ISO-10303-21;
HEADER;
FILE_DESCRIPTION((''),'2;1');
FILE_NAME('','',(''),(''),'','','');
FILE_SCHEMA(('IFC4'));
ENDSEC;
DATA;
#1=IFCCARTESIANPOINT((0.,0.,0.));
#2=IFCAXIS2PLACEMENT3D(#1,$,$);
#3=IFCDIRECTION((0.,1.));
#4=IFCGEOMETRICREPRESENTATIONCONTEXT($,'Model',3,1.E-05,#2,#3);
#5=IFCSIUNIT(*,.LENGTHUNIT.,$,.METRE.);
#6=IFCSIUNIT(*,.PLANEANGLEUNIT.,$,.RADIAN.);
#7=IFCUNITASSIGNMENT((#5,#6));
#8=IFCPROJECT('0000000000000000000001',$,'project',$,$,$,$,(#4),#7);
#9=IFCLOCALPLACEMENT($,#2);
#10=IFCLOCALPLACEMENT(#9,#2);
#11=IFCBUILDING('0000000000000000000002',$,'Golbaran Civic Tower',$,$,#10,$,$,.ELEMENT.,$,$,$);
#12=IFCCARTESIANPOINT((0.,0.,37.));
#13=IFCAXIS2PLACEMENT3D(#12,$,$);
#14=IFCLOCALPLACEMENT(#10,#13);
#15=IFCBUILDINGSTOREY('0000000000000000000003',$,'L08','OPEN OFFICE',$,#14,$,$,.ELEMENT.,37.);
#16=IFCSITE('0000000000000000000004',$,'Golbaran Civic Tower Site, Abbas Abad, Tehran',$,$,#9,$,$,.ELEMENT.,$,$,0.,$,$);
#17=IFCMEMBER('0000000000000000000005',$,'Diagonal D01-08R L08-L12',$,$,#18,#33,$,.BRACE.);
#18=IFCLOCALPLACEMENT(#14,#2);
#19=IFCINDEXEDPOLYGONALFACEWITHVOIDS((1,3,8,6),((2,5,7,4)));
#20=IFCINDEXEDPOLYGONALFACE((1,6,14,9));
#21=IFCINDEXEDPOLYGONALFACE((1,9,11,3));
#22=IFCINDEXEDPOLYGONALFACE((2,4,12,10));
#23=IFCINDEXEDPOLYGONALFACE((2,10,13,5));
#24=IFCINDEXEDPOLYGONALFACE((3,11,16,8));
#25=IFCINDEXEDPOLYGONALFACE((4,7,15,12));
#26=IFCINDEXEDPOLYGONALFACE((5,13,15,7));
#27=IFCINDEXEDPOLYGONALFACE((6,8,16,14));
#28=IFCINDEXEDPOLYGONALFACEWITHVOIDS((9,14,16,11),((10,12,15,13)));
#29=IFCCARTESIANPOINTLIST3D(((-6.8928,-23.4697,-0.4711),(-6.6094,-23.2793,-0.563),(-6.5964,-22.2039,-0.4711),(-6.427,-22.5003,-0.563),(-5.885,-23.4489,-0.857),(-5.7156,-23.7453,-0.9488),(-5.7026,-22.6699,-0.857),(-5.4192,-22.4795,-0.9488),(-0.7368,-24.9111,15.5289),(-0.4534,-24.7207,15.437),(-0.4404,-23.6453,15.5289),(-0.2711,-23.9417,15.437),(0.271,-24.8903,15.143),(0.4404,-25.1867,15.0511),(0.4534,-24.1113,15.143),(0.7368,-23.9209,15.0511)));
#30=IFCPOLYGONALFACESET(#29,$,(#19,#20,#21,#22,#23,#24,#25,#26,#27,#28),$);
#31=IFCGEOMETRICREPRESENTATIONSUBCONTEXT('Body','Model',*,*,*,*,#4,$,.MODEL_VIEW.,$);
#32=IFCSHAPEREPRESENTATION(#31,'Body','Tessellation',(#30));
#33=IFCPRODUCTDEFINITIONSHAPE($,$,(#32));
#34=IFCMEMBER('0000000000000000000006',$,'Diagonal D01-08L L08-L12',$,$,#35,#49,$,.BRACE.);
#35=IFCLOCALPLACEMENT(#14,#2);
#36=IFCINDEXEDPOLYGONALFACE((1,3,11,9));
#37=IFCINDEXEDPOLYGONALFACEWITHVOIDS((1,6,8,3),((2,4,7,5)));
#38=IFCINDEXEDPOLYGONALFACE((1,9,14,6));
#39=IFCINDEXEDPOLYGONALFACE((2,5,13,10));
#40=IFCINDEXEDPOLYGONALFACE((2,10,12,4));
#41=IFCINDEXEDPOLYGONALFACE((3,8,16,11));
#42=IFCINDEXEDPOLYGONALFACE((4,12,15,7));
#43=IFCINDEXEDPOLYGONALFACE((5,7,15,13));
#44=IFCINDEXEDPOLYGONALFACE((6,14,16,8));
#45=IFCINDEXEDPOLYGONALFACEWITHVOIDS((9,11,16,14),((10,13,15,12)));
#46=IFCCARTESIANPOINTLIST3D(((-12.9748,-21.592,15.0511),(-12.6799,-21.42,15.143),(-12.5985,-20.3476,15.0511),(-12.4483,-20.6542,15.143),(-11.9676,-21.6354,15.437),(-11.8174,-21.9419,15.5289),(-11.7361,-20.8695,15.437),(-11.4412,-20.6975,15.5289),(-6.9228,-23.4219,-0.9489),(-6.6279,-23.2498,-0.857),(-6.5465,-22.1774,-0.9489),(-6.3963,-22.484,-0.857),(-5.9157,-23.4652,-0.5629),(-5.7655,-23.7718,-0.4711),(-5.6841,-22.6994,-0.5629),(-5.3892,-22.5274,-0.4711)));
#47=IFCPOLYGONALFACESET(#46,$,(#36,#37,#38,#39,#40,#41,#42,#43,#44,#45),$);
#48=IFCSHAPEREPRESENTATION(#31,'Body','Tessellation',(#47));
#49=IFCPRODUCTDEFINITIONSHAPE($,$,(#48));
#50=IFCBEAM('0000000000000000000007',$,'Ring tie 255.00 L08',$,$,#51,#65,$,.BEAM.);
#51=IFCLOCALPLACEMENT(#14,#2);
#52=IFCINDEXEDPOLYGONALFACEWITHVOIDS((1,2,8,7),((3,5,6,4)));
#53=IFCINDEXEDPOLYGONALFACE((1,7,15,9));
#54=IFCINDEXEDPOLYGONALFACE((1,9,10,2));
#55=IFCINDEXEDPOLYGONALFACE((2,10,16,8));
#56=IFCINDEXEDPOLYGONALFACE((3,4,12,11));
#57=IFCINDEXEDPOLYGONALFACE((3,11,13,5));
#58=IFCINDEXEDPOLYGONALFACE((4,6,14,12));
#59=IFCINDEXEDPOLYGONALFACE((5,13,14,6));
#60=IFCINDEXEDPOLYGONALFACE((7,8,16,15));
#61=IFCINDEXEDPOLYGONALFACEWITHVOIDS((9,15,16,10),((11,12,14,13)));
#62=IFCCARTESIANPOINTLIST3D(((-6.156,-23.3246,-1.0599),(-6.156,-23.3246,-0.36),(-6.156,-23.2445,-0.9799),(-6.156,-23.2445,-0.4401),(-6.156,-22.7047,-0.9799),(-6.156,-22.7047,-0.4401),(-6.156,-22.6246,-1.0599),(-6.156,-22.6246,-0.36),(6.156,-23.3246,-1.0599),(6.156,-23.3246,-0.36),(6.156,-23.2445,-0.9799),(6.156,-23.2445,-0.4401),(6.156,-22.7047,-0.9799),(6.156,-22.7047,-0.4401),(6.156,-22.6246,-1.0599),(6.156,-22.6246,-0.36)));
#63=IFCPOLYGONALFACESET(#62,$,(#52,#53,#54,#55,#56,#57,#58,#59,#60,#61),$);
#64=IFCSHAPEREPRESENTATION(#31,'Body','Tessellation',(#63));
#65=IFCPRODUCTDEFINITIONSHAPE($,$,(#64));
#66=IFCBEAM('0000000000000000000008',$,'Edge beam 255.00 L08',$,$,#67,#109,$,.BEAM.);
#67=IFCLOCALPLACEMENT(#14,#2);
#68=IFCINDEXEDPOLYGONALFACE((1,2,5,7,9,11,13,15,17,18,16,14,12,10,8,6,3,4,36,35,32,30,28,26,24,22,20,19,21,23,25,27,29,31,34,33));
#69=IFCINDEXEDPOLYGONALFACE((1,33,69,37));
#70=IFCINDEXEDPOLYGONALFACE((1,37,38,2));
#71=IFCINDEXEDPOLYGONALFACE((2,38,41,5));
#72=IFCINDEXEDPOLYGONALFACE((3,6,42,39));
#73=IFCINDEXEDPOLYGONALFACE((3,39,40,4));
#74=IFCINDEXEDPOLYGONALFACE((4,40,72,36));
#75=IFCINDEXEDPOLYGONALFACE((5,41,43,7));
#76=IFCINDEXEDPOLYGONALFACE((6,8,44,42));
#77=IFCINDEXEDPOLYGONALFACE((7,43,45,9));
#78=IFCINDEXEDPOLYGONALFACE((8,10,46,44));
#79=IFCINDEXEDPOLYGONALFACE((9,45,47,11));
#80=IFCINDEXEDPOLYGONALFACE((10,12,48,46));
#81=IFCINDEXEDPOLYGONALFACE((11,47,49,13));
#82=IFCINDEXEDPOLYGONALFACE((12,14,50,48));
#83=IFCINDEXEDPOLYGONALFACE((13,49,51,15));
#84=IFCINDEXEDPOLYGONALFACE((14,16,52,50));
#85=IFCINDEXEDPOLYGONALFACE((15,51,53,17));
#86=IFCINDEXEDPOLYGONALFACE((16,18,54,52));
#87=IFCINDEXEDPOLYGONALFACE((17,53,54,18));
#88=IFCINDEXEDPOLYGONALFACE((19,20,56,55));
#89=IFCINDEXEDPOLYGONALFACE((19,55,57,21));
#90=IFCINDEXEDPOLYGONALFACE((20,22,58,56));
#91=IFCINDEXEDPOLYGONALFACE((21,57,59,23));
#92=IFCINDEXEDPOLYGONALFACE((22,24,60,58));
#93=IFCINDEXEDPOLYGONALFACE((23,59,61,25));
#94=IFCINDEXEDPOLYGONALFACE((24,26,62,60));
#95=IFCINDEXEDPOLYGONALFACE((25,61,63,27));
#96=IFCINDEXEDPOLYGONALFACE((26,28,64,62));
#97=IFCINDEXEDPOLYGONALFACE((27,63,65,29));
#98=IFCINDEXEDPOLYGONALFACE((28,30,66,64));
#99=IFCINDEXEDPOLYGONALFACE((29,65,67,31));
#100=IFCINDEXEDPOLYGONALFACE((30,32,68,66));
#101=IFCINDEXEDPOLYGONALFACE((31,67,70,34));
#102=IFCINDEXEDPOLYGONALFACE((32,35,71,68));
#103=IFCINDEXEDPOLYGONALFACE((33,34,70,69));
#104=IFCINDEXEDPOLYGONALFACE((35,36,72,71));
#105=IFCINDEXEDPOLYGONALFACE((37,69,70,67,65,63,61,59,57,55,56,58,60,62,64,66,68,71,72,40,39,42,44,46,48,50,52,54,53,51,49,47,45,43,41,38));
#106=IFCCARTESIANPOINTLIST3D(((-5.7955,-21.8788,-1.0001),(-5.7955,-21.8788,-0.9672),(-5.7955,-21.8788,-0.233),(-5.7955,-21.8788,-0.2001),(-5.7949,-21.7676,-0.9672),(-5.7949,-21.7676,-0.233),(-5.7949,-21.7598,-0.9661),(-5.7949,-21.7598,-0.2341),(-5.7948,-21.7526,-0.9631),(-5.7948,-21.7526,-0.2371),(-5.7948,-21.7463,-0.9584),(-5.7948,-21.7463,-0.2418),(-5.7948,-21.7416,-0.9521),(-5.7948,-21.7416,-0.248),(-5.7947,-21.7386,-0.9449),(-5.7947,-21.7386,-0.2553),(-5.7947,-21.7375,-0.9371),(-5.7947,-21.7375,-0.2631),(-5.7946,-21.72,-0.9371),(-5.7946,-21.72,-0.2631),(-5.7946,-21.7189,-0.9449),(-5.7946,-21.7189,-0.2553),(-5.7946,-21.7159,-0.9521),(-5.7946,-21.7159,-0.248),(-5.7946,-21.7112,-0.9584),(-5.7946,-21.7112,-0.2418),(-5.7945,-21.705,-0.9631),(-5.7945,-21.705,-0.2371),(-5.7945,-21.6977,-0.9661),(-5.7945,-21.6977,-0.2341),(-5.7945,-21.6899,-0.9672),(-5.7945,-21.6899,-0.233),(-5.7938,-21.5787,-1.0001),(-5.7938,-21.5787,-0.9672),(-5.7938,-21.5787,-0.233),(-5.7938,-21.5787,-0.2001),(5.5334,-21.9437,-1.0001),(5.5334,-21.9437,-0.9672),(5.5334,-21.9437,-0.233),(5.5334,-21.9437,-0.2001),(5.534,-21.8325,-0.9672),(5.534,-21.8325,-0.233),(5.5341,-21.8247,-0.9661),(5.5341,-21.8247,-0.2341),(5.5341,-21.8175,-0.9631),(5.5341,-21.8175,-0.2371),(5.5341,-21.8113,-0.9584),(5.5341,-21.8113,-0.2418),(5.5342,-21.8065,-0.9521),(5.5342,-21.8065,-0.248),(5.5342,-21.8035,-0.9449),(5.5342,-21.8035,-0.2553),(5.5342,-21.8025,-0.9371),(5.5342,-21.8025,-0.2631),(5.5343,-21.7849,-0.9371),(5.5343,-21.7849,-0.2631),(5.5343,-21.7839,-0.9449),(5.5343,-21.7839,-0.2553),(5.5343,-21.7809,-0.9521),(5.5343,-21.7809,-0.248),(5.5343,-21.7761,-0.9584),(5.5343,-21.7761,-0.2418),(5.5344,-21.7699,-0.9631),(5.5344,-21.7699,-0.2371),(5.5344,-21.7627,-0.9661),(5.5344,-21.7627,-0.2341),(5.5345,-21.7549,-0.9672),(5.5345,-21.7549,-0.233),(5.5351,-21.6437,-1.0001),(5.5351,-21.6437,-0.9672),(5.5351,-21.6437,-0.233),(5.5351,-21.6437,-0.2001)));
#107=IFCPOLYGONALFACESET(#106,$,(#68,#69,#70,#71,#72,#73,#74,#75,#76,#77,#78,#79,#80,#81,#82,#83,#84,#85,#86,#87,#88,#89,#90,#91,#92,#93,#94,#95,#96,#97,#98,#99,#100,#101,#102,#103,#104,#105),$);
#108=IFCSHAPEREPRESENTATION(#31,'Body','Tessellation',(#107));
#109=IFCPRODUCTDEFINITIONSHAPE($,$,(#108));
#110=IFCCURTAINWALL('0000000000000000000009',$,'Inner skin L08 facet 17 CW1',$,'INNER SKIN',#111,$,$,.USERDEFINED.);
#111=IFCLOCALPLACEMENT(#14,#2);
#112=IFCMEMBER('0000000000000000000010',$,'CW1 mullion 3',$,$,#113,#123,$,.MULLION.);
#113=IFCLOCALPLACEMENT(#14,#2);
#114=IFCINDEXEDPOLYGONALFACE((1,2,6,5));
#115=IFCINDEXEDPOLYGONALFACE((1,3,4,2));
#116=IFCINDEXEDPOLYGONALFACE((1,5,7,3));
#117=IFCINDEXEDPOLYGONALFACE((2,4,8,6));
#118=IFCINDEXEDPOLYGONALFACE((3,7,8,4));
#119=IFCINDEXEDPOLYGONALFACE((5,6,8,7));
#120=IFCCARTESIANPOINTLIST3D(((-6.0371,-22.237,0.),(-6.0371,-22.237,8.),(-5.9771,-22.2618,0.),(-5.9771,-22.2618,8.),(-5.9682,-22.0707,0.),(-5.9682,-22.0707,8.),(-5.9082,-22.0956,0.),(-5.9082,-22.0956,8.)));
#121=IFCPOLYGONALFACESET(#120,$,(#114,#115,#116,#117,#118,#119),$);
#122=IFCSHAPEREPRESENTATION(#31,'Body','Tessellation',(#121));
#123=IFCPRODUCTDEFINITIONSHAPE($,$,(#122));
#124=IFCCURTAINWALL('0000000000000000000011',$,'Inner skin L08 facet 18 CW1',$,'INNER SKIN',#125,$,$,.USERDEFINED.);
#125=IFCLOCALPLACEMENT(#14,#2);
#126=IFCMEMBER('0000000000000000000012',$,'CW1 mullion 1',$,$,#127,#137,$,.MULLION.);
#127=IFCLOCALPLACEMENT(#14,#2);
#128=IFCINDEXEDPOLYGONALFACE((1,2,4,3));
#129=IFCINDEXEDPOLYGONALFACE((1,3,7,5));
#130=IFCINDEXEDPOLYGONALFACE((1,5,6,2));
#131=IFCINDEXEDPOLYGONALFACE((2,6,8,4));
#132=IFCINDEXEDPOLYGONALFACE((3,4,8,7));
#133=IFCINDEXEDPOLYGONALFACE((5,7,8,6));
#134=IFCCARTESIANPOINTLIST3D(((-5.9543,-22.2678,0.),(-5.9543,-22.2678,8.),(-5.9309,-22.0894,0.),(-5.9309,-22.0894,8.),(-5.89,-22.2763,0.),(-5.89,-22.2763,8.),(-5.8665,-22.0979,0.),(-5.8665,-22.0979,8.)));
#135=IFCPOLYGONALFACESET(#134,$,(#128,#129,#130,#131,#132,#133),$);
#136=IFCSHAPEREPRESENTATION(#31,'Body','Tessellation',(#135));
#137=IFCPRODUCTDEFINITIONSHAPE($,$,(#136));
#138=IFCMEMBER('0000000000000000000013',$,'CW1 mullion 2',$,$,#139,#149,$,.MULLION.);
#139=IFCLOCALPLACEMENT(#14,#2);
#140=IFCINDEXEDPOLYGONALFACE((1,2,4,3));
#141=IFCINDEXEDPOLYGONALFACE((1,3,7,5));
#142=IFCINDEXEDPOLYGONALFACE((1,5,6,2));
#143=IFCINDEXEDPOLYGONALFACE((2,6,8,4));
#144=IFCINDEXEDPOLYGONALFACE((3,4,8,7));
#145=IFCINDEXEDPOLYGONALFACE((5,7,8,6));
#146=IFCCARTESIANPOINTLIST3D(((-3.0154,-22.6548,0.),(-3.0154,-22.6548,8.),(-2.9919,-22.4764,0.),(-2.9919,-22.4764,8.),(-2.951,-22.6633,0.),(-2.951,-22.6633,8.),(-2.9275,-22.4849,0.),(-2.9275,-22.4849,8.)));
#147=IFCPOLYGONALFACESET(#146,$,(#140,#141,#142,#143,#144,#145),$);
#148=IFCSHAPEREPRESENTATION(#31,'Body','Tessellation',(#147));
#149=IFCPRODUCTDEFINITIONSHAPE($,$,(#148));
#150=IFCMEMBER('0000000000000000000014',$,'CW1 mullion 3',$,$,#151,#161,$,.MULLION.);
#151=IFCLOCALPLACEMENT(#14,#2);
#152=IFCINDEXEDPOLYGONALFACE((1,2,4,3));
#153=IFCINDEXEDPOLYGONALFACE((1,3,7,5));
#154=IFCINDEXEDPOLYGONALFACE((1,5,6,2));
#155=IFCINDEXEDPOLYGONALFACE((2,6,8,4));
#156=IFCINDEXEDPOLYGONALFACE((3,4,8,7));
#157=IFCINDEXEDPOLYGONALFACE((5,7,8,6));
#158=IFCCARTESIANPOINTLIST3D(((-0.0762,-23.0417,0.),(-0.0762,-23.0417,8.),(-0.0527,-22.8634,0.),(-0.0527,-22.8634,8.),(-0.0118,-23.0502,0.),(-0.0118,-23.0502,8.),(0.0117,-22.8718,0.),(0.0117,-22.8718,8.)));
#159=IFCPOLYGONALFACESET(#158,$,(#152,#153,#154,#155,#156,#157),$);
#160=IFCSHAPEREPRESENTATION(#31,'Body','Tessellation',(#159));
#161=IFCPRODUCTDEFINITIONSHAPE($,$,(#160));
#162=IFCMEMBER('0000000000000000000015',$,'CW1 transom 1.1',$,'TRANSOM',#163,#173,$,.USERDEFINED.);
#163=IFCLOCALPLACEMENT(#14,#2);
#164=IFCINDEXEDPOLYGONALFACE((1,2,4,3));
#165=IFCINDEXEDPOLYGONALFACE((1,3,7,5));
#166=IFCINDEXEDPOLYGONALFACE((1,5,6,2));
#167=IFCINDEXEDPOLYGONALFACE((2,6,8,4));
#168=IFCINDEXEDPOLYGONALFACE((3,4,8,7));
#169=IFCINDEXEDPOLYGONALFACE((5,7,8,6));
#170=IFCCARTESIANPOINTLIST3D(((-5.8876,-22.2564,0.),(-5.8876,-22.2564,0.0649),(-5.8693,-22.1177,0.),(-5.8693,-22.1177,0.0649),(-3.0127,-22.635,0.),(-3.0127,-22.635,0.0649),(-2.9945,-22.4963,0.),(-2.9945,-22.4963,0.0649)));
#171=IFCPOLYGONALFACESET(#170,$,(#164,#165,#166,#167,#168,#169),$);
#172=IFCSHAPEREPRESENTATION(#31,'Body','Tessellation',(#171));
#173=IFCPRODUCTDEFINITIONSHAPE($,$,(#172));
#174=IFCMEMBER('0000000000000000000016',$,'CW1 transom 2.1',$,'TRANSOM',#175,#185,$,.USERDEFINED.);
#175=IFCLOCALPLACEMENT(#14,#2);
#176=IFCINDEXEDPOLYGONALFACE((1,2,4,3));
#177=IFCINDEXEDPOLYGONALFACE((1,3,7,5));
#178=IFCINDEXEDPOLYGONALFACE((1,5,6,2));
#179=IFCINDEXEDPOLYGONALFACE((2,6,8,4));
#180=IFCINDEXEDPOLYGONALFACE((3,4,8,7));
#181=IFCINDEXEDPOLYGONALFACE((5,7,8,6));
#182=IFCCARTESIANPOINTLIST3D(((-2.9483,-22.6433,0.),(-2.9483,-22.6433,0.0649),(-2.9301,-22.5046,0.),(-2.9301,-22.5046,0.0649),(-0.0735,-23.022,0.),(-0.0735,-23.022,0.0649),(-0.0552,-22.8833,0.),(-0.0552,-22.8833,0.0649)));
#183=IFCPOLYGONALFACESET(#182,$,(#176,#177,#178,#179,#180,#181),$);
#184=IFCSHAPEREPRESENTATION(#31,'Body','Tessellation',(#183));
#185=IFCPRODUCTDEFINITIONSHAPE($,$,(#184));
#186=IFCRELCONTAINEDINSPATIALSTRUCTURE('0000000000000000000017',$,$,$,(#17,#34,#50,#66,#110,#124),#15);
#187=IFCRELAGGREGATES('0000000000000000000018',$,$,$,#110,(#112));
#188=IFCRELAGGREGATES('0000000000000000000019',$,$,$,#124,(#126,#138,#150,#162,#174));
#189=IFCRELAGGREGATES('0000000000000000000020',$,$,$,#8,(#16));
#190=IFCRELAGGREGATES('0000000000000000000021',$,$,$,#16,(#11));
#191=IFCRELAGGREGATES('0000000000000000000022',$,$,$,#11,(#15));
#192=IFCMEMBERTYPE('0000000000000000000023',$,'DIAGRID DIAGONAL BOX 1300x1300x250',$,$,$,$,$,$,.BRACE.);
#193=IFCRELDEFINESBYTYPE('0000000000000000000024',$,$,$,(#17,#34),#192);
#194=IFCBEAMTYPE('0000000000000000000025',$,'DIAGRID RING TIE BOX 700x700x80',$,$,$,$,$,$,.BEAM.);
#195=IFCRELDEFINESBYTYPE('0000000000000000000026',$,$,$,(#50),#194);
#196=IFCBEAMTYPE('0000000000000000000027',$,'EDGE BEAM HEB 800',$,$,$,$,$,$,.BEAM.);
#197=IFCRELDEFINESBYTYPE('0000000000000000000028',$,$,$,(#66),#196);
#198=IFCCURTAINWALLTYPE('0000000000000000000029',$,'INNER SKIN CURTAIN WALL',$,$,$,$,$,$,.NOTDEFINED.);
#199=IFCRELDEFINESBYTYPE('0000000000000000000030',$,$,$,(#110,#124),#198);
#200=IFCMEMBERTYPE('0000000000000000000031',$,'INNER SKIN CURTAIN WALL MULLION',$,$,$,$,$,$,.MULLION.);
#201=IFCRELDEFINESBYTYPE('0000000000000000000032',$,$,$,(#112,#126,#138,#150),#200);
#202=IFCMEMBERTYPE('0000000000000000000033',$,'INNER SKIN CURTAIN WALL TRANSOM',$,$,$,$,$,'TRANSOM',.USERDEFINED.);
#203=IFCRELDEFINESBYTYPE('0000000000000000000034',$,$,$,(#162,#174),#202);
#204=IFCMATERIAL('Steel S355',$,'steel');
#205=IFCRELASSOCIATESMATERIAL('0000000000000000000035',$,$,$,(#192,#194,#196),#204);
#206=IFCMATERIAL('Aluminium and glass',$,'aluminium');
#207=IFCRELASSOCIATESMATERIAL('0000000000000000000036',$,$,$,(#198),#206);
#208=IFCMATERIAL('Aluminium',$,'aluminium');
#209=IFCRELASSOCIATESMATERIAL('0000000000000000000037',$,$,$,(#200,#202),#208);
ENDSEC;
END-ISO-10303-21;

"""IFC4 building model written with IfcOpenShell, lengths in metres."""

from ifc_helpers import new_model, si_unit, direction, frame, origin, origin_2d, place, context, subcontext, project, spatial, rectangle, hollow_rectangle, i_section, extrude, material, material_profile, profile_set, type_object, element, aggregate, save


model = new_model("IFC4")

# Units and contexts
model_context = context("Model", 3, precision=1e-05, world=origin(), true_north=direction((0.0, 1.0)))
body_context = subcontext(model_context, "Body", "Model", "MODEL_VIEW")
ifc_project = project(units=[si_unit("LENGTHUNIT", "METRE"), si_unit("PLANEANGLEUNIT", "RADIAN")], contexts=[model_context])

# Site, building, storey
site_placement = place(None, origin())
site = spatial("IfcSite", under=ifc_project, at=site_placement, Name="Golbaran Civic Tower Site, Abbas Abad, Tehran", CompositionType="ELEMENT", RefElevation=0.0)
building_placement = place(site_placement, origin())
building = spatial("IfcBuilding", under=site, at=building_placement, Name="Golbaran Civic Tower", CompositionType="ELEMENT")
storey_placement = place(building_placement, frame((0.0, 0.0, 37.0)))
storey = spatial("IfcBuildingStorey", under=building, at=storey_placement, Name="L08", Description="OPEN OFFICE", CompositionType="ELEMENT", Elevation=37.0)

# Members
ifc_material_1 = material(Name="Steel S355", Category="steel")
ifc_material_profile_1 = material_profile(ifc_material_1, hollow_rectangle(XDim=1.3, YDim=1.3, WallThickness=0.25, at=origin_2d()), Name="BOX 1300x1300x250")
ifc_profile_set_1 = profile_set([ifc_material_profile_1], Name="Steel S355")
member_type_1 = type_object("IfcMemberType", Name="DIAGRID DIAGONAL BOX 1300x1300x250", PredefinedType="BRACE", material=ifc_profile_set_1)
for number, where, z_axis, x_axis, name in (
    (1, (-6.156, -22.9746, -0.71), (0.357826, -0.083784, 0.930022), (0.22798, 0.973666, 0.0), "Diagonal D01-08R L08-L12"),
    (2, (-6.156, -22.9746, -0.71), (-0.35178, 0.106361, 0.93002), (-0.289413, -0.957204, 0.0), "Diagonal D01-08L L08-L12"),
):
    element("IfcMember", number, at=place(storey_placement, frame(where, z_axis=z_axis, x_axis=x_axis)), inside=storey, type_object=member_type_1, Name=name, PredefinedType="BRACE", context=body_context, shape_type="SweptSolid", body=[
        extrude(hollow_rectangle(XDim=1.3, YDim=1.3, WallThickness=0.25, at=origin_2d()), origin(), (0.0, 0.0, 1.0), 17.2039),
    ])

# Beams
ifc_material_profile_2 = material_profile(ifc_material_1, hollow_rectangle(XDim=0.7, YDim=0.7, WallThickness=0.0801, at=origin_2d()), Name="BOX 700x700x80")
ifc_profile_set_2 = profile_set([ifc_material_profile_2], Name="Steel S355")
beam_type_1 = type_object("IfcBeamType", Name="DIAGRID RING TIE BOX 700x700x80", PredefinedType="BEAM", material=ifc_profile_set_2)
beam_1_placement = place(storey_placement, frame((-6.156, -22.9746, -0.71), z_axis=(1.0, 0.0, 0.0), x_axis=(0.0, 1.0, 0.0)))
element("IfcBeam", 3, at=beam_1_placement, inside=storey, type_object=beam_type_1, Name="Ring tie 255.00 L08", PredefinedType="BEAM", context=body_context, shape_type="SweptSolid", body=[
    extrude(hollow_rectangle(XDim=0.7, YDim=0.7, WallThickness=0.0801, at=origin_2d()), origin(), (0.0, 0.0, 1.0), 12.312),
])
ifc_material_profile_3 = material_profile(ifc_material_1, i_section(OverallWidth=0.3, OverallDepth=0.8, WebThickness=0.0176, FlangeThickness=0.033, FilletRadius=0.03, at=origin_2d()), Name="HEB 800")
ifc_profile_set_3 = profile_set([ifc_material_profile_3], Name="Steel S355")
beam_type_2 = type_object("IfcBeamType", Name="EDGE BEAM HEB 800", PredefinedType="BEAM", material=ifc_profile_set_3)
beam_2_placement = place(storey_placement, frame((-5.7947, -21.7288, -0.6001), z_axis=(0.999984, -0.005732, 0.0), x_axis=(0.005732, 0.999984, 0.0)))
element("IfcBeam", 4, at=beam_2_placement, inside=storey, type_object=beam_type_2, Name="Edge beam 255.00 L08", PredefinedType="BEAM", context=body_context, shape_type="SweptSolid", body=[
    extrude(i_section(OverallWidth=0.3, OverallDepth=0.8, WebThickness=0.0176, FlangeThickness=0.033, FilletRadius=0.03, at=origin_2d()), origin(), (0.0, 0.0, 1.0), 11.3291),
])

# Curtain wall, member
ifc_material_2 = material(Name="Aluminium and glass", Category="aluminium")
curtain_wall_type_1 = type_object("IfcCurtainWallType", Name="INNER SKIN CURTAIN WALL", PredefinedType="NOTDEFINED", material=ifc_material_2)
curtain_wall_1_placement = place(storey_placement, origin())
curtain_wall_1 = element("IfcCurtainWall", 5, at=curtain_wall_1_placement, inside=storey, type_object=curtain_wall_type_1, Name="Inner skin L08 facet 17 CW1", ObjectType="INNER SKIN", PredefinedType="USERDEFINED")
ifc_material_3 = material(Name="Aluminium", Category="aluminium")
ifc_material_profile_4 = material_profile(ifc_material_3, rectangle(XDim=0.1799, YDim=0.0649, at=origin_2d()), Name="INNER SKIN CURTAIN WALL MULLION")
ifc_profile_set_4 = profile_set([ifc_material_profile_4], Name="Aluminium")
member_type_2 = type_object("IfcMemberType", Name="INNER SKIN CURTAIN WALL MULLION", PredefinedType="MULLION", material=ifc_profile_set_4)
member_1_placement = place(storey_placement, frame((-5.9727, -22.1663, 0.0), z_axis=(0.0, 0.0, 1.0), x_axis=(0.382683, 0.92388, 0.0)))
member_1 = element("IfcMember", 6, at=member_1_placement, type_object=member_type_2, Name="CW1 mullion 3", PredefinedType="MULLION", context=body_context, shape_type="SweptSolid", body=[
    extrude(rectangle(XDim=0.1799, YDim=0.0649, at=origin_2d()), origin(), (0.0, 0.0, 1.0), 8.0),
])

# Curtain wall, members
curtain_wall_2_placement = place(storey_placement, origin())
curtain_wall_2 = element("IfcCurtainWall", 7, at=curtain_wall_2_placement, inside=storey, type_object=curtain_wall_type_1, Name="Inner skin L08 facet 18 CW1", ObjectType="INNER SKIN", PredefinedType="USERDEFINED")
member_2_placement = place(storey_placement, frame((-5.9104, -22.1829, 0.0), z_axis=(0.0, 0.0, 1.0), x_axis=(0.130526, 0.991445, 0.0)))
member_2 = element("IfcMember", 8, at=member_2_placement, type_object=member_type_2, Name="CW1 mullion 1", PredefinedType="MULLION", context=body_context, shape_type="SweptSolid", body=[
    extrude(rectangle(XDim=0.1799, YDim=0.0649, at=origin_2d()), origin(), (0.0, 0.0, 1.0), 8.0),
])
member_3_placement = place(storey_placement, frame((-2.9714, -22.5698, 0.0), z_axis=(0.0, 0.0, 1.0), x_axis=(0.130526, 0.991445, 0.0)))
member_3 = element("IfcMember", 9, at=member_3_placement, type_object=member_type_2, Name="CW1 mullion 2", PredefinedType="MULLION", context=body_context, shape_type="SweptSolid", body=[
    extrude(rectangle(XDim=0.1799, YDim=0.0649, at=origin_2d()), origin(), (0.0, 0.0, 1.0), 8.0),
])
member_4_placement = place(storey_placement, frame((-0.0322, -22.9568, 0.0), z_axis=(0.0, 0.0, 1.0), x_axis=(0.130526, 0.991445, 0.0)))
member_4 = element("IfcMember", 10, at=member_4_placement, type_object=member_type_2, Name="CW1 mullion 3", PredefinedType="MULLION", context=body_context, shape_type="SweptSolid", body=[
    extrude(rectangle(XDim=0.1799, YDim=0.0649, at=origin_2d()), origin(), (0.0, 0.0, 1.0), 8.0),
])
ifc_material_profile_5 = material_profile(ifc_material_3, rectangle(XDim=0.1399, YDim=0.0649, at=origin_2d()), Name="INNER SKIN CURTAIN WALL TRANSOM")
ifc_profile_set_5 = profile_set([ifc_material_profile_5], Name="Aluminium")
member_type_3 = type_object("IfcMemberType", Name="INNER SKIN CURTAIN WALL TRANSOM", ElementType="TRANSOM", PredefinedType="USERDEFINED", material=ifc_profile_set_5)
member_5_placement = place(storey_placement, frame((-5.8784, -22.187, 0.0325), z_axis=(0.991436, -0.130592, 0.0), x_axis=(0.130592, 0.991436, 0.0)))
member_5 = element("IfcMember", 11, at=member_5_placement, type_object=member_type_3, Name="CW1 transom 1.1", ObjectType="TRANSOM", PredefinedType="USERDEFINED", context=body_context, shape_type="SweptSolid", body=[
    extrude(rectangle(XDim=0.1399, YDim=0.0649, at=origin_2d()), origin(), (0.0, 0.0, 1.0), 2.8997),
])
member_6_placement = place(storey_placement, frame((-2.9392, -22.574, 0.0325), z_axis=(0.991436, -0.130592, 0.0), x_axis=(0.130592, 0.991436, 0.0)))
member_6 = element("IfcMember", 12, at=member_6_placement, type_object=member_type_3, Name="CW1 transom 2.1", ObjectType="TRANSOM", PredefinedType="USERDEFINED", context=body_context, shape_type="SweptSolid", body=[
    extrude(rectangle(XDim=0.1399, YDim=0.0649, at=origin_2d()), origin(), (0.0, 0.0, 1.0), 2.8997),
])

aggregate(curtain_wall_1, [member_1])
aggregate(curtain_wall_2, [member_2, member_3, member_4, member_5, member_6])

save(model, "model.ifc")
